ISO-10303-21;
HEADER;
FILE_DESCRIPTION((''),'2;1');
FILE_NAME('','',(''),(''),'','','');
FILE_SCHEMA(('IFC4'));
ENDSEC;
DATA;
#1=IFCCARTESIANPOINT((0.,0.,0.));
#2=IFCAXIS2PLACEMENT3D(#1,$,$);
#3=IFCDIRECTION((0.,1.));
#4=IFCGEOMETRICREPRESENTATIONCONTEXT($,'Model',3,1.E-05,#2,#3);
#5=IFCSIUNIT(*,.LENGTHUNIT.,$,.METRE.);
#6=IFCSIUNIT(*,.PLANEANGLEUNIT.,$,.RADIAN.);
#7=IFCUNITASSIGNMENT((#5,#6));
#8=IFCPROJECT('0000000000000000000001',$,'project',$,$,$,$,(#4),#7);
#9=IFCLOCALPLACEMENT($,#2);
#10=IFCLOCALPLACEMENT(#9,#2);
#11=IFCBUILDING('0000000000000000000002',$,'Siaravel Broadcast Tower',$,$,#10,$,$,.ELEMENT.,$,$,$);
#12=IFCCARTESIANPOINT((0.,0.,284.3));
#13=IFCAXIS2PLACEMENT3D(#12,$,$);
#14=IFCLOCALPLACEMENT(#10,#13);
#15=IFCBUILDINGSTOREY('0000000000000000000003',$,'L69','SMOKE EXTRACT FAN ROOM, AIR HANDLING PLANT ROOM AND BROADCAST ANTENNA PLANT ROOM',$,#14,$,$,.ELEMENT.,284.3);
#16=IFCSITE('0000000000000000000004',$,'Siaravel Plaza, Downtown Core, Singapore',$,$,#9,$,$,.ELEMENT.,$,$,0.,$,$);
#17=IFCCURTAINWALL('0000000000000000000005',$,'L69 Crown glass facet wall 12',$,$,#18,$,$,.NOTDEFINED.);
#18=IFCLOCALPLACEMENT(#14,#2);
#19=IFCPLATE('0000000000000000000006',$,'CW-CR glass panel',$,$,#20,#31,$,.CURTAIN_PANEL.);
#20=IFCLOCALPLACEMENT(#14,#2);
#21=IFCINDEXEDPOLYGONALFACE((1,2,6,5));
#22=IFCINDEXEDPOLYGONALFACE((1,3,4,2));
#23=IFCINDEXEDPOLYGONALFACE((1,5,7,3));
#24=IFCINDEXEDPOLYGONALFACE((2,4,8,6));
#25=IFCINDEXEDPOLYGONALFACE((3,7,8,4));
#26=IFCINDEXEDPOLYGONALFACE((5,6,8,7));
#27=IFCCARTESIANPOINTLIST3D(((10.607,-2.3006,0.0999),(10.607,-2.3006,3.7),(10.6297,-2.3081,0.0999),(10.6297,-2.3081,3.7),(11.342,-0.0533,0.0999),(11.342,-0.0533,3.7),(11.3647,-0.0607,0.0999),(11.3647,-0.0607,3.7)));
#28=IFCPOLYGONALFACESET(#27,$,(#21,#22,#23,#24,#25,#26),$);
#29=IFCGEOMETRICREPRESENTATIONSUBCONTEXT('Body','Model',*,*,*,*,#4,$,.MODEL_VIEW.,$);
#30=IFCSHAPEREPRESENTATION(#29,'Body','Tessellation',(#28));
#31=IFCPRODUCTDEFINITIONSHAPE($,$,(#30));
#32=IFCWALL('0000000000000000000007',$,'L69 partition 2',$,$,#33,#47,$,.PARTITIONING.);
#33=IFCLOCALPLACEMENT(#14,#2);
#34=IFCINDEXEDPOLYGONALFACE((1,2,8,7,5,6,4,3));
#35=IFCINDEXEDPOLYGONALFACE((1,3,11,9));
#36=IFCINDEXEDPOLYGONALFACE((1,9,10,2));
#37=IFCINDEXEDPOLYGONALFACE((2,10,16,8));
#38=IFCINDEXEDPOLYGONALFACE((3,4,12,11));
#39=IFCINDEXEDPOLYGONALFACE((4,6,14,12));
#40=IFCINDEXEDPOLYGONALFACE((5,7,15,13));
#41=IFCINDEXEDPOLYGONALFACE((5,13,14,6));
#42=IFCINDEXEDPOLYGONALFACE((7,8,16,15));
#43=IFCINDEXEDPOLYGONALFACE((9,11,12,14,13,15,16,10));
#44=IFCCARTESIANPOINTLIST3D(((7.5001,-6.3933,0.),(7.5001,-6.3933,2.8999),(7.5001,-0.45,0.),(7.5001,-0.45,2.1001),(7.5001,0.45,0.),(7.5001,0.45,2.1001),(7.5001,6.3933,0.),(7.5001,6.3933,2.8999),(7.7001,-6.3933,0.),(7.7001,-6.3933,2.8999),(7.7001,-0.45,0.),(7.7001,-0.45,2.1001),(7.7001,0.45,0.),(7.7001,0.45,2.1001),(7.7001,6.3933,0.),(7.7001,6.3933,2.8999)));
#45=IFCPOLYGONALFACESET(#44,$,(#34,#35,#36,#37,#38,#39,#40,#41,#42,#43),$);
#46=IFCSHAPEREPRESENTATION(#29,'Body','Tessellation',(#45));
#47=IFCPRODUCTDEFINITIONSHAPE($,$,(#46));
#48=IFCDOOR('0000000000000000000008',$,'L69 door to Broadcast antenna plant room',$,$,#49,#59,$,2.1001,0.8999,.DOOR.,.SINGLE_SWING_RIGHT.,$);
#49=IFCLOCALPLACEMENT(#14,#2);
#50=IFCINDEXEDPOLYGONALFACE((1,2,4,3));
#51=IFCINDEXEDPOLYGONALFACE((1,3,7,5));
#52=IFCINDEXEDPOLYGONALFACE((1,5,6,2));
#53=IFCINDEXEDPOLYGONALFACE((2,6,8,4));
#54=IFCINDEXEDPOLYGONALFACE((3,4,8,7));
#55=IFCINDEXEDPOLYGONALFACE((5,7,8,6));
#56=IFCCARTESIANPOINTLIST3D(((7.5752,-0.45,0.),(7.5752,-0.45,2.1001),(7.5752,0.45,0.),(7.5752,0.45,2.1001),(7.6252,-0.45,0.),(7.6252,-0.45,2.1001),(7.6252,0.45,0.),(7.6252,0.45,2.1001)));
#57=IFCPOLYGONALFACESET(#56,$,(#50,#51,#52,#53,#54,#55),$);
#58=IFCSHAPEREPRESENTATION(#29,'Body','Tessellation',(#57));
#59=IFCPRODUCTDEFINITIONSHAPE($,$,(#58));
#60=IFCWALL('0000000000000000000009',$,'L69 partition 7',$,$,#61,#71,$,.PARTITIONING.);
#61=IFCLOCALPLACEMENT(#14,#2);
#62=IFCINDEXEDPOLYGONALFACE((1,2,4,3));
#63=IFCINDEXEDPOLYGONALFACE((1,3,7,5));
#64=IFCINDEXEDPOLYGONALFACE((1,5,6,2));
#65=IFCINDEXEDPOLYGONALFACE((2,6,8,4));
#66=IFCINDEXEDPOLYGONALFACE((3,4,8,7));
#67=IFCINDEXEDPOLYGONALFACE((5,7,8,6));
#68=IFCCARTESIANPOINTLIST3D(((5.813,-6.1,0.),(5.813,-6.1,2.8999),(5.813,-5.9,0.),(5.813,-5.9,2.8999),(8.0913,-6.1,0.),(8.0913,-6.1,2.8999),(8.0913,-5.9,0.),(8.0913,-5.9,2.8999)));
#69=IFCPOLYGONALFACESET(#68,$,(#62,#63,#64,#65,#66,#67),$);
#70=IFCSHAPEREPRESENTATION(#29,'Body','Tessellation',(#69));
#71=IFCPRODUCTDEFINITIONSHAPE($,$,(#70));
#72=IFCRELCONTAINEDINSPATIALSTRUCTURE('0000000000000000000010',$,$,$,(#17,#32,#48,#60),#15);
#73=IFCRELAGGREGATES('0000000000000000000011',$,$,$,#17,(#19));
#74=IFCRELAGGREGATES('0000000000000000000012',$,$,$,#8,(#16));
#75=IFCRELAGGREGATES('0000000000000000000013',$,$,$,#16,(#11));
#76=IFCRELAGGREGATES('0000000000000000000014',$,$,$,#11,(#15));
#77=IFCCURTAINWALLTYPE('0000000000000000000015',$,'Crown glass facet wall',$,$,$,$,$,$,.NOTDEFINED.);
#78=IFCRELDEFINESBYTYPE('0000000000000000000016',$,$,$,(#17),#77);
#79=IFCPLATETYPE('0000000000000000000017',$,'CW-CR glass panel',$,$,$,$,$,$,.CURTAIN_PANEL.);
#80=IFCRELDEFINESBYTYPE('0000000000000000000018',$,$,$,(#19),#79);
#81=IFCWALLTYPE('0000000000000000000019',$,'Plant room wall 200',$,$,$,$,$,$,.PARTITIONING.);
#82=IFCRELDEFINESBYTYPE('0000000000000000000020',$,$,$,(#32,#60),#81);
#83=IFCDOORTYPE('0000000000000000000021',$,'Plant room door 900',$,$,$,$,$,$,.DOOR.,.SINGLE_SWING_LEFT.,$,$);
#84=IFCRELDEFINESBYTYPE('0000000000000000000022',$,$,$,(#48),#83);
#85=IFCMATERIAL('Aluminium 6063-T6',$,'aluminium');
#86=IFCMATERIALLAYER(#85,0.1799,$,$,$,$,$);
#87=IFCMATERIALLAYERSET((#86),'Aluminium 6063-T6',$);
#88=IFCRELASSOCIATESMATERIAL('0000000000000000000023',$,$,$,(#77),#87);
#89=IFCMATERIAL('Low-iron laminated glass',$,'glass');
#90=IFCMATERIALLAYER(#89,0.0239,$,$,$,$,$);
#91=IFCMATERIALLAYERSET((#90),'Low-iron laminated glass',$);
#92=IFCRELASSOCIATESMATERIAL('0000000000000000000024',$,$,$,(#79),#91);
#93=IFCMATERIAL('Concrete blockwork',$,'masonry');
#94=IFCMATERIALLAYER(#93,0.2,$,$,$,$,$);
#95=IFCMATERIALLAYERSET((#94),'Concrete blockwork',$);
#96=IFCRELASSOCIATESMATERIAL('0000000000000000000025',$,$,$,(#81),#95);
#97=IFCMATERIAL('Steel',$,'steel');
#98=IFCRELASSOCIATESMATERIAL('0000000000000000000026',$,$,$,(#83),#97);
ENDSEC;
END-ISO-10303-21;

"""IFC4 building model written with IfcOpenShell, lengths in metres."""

from ifc_helpers import new_model, si_unit, direction, frame, frame_2d, origin, origin_2d, place, context, subcontext, project, spatial, rectangle, extrude, material, layer, layer_set, type_object, element, fill, aggregate, save


model = new_model("IFC4")

# Units and contexts
model_context = context("Model", 3, precision=1e-05, world=origin(), true_north=direction((0.0, 1.0)))
body_context = subcontext(model_context, "Body", "Model", "MODEL_VIEW")
ifc_project = project(units=[si_unit("LENGTHUNIT", "METRE"), si_unit("PLANEANGLEUNIT", "RADIAN")], contexts=[model_context])

# Site, building, storey
site_placement = place(None, origin())
site = spatial("IfcSite", under=ifc_project, at=site_placement, Name="Siaravel Plaza, Downtown Core, Singapore", CompositionType="ELEMENT", RefElevation=0.0)
building_placement = place(site_placement, origin())
building = spatial("IfcBuilding", under=site, at=building_placement, Name="Siaravel Broadcast Tower", CompositionType="ELEMENT")
storey_placement = place(building_placement, frame((0.0, 0.0, 284.3)))
storey = spatial("IfcBuildingStorey", under=building, at=storey_placement, Name="L69", Description="SMOKE EXTRACT FAN ROOM, AIR HANDLING PLANT ROOM AND BROADCAST ANTENNA PLANT ROOM", CompositionType="ELEMENT", Elevation=284.3)

# Curtain wall
ifc_material_1 = material(Name="Aluminium 6063-T6", Category="aluminium")
ifc_layer_1 = layer(ifc_material_1, 0.1799)
ifc_layer_set_1 = layer_set([ifc_layer_1], Name="Aluminium 6063-T6")
curtain_wall_type = type_object("IfcCurtainWallType", Name="Crown glass facet wall", PredefinedType="NOTDEFINED", material=ifc_layer_set_1)
curtain_wall_1_placement = place(storey_placement, origin())
curtain_wall_1 = element("IfcCurtainWall", 1, at=curtain_wall_1_placement, inside=storey, type_object=curtain_wall_type, Name="L69 Crown glass facet wall 12", PredefinedType="NOTDEFINED")

# Plate
ifc_material_2 = material(Name="Low-iron laminated glass", Category="glass")
ifc_layer_2 = layer(ifc_material_2, 0.0239)
ifc_layer_set_2 = layer_set([ifc_layer_2], Name="Low-iron laminated glass")
plate_type = type_object("IfcPlateType", Name="CW-CR glass panel", PredefinedType="CURTAIN_PANEL", material=ifc_layer_set_2)
plate_1_placement = place(storey_placement, frame((10.9858, -1.1807, 0.0999), z_axis=(0.0, 0.0, 1.0), x_axis=(0.310855, 0.950457, 0.0)))
plate_1 = element("IfcPlate", 2, at=plate_1_placement, type_object=plate_type, Name="CW-CR glass panel", PredefinedType="CURTAIN_PANEL", context=body_context, shape_type="SweptSolid", body=[
    extrude(rectangle(XDim=2.3645, YDim=0.0239, at=origin_2d()), origin(), (0.0, 0.0, 1.0), 3.6001),
])
aggregate(curtain_wall_1, [plate_1])

# Wall, opening, door
ifc_material_3 = material(Name="Concrete blockwork", Category="masonry")
ifc_layer_3 = layer(ifc_material_3, 0.2)
ifc_layer_set_3 = layer_set([ifc_layer_3], Name="Concrete blockwork")
wall_type = type_object("IfcWallType", Name="Plant room wall 200", PredefinedType="PARTITIONING", material=ifc_layer_set_3)
wall_1_placement = place(storey_placement, frame((7.6001, -6.3933, 0.0), z_axis=(0.0, 0.0, 1.0), x_axis=(0.0, 1.0, 0.0)))
wall_1 = element("IfcWall", 3, at=wall_1_placement, inside=storey, type_object=wall_type, Name="L69 partition 2", PredefinedType="PARTITIONING", context=body_context, shape_type="SweptSolid", body=[
    extrude(rectangle(XDim=12.7866, YDim=0.2, at=frame_2d((6.3933, 0.0))), origin(), (0.0, 0.0, 1.0), 2.8999),
])
opening_placement = place(wall_1_placement, frame((5.9434, 0.0, 0.0)))
opening = element("IfcOpeningElement", 4, at=opening_placement, cuts=wall_1, PredefinedType="OPENING", context=body_context, shape_type="SweptSolid", body=[
    extrude(rectangle(XDim=0.8999, YDim=2.1001, at=frame_2d((0.45, 1.05))), frame((0.0, 0.1099, 0.0), z_axis=(0.0, -1.0, 0.0), x_axis=(1.0, 0.0, 0.0)), (0.0, 0.0, 1.0), 0.22),
])
ifc_material_4 = material(Name="Steel", Category="steel")
door_type = type_object("IfcDoorType", Name="Plant room door 900", OperationType="SINGLE_SWING_LEFT", PredefinedType="DOOR", material=ifc_material_4)
door_placement = place(opening_placement, origin())
door = element("IfcDoor", 5, at=door_placement, inside=storey, type_object=door_type, Name="L69 door to Broadcast antenna plant room", OperationType="SINGLE_SWING_RIGHT", OverallHeight=2.1001, OverallWidth=0.8999, PredefinedType="DOOR", context=body_context, shape_type="SweptSolid", body=[
    extrude(rectangle(XDim=0.8999, YDim=2.1001, at=frame_2d((0.45, 1.05))), frame((0.0, 0.0249, 0.0), z_axis=(0.0, -1.0, 0.0), x_axis=(1.0, 0.0, 0.0)), (0.0, 0.0, 1.0), 0.05),
])
fill(opening, door)

# Wall
wall_2_placement = place(storey_placement, frame((5.813, -6.0, 0.0), z_axis=(0.0, 0.0, 1.0), x_axis=(1.0, 0.0, 0.0)))
element("IfcWall", 6, at=wall_2_placement, inside=storey, type_object=wall_type, Name="L69 partition 7", PredefinedType="PARTITIONING", context=body_context, shape_type="SweptSolid", body=[
    extrude(rectangle(XDim=2.2783, YDim=0.2, at=frame_2d((1.1392, 0.0))), origin(), (0.0, 0.0, 1.0), 2.8999),
])

save(model, "model.ifc")
